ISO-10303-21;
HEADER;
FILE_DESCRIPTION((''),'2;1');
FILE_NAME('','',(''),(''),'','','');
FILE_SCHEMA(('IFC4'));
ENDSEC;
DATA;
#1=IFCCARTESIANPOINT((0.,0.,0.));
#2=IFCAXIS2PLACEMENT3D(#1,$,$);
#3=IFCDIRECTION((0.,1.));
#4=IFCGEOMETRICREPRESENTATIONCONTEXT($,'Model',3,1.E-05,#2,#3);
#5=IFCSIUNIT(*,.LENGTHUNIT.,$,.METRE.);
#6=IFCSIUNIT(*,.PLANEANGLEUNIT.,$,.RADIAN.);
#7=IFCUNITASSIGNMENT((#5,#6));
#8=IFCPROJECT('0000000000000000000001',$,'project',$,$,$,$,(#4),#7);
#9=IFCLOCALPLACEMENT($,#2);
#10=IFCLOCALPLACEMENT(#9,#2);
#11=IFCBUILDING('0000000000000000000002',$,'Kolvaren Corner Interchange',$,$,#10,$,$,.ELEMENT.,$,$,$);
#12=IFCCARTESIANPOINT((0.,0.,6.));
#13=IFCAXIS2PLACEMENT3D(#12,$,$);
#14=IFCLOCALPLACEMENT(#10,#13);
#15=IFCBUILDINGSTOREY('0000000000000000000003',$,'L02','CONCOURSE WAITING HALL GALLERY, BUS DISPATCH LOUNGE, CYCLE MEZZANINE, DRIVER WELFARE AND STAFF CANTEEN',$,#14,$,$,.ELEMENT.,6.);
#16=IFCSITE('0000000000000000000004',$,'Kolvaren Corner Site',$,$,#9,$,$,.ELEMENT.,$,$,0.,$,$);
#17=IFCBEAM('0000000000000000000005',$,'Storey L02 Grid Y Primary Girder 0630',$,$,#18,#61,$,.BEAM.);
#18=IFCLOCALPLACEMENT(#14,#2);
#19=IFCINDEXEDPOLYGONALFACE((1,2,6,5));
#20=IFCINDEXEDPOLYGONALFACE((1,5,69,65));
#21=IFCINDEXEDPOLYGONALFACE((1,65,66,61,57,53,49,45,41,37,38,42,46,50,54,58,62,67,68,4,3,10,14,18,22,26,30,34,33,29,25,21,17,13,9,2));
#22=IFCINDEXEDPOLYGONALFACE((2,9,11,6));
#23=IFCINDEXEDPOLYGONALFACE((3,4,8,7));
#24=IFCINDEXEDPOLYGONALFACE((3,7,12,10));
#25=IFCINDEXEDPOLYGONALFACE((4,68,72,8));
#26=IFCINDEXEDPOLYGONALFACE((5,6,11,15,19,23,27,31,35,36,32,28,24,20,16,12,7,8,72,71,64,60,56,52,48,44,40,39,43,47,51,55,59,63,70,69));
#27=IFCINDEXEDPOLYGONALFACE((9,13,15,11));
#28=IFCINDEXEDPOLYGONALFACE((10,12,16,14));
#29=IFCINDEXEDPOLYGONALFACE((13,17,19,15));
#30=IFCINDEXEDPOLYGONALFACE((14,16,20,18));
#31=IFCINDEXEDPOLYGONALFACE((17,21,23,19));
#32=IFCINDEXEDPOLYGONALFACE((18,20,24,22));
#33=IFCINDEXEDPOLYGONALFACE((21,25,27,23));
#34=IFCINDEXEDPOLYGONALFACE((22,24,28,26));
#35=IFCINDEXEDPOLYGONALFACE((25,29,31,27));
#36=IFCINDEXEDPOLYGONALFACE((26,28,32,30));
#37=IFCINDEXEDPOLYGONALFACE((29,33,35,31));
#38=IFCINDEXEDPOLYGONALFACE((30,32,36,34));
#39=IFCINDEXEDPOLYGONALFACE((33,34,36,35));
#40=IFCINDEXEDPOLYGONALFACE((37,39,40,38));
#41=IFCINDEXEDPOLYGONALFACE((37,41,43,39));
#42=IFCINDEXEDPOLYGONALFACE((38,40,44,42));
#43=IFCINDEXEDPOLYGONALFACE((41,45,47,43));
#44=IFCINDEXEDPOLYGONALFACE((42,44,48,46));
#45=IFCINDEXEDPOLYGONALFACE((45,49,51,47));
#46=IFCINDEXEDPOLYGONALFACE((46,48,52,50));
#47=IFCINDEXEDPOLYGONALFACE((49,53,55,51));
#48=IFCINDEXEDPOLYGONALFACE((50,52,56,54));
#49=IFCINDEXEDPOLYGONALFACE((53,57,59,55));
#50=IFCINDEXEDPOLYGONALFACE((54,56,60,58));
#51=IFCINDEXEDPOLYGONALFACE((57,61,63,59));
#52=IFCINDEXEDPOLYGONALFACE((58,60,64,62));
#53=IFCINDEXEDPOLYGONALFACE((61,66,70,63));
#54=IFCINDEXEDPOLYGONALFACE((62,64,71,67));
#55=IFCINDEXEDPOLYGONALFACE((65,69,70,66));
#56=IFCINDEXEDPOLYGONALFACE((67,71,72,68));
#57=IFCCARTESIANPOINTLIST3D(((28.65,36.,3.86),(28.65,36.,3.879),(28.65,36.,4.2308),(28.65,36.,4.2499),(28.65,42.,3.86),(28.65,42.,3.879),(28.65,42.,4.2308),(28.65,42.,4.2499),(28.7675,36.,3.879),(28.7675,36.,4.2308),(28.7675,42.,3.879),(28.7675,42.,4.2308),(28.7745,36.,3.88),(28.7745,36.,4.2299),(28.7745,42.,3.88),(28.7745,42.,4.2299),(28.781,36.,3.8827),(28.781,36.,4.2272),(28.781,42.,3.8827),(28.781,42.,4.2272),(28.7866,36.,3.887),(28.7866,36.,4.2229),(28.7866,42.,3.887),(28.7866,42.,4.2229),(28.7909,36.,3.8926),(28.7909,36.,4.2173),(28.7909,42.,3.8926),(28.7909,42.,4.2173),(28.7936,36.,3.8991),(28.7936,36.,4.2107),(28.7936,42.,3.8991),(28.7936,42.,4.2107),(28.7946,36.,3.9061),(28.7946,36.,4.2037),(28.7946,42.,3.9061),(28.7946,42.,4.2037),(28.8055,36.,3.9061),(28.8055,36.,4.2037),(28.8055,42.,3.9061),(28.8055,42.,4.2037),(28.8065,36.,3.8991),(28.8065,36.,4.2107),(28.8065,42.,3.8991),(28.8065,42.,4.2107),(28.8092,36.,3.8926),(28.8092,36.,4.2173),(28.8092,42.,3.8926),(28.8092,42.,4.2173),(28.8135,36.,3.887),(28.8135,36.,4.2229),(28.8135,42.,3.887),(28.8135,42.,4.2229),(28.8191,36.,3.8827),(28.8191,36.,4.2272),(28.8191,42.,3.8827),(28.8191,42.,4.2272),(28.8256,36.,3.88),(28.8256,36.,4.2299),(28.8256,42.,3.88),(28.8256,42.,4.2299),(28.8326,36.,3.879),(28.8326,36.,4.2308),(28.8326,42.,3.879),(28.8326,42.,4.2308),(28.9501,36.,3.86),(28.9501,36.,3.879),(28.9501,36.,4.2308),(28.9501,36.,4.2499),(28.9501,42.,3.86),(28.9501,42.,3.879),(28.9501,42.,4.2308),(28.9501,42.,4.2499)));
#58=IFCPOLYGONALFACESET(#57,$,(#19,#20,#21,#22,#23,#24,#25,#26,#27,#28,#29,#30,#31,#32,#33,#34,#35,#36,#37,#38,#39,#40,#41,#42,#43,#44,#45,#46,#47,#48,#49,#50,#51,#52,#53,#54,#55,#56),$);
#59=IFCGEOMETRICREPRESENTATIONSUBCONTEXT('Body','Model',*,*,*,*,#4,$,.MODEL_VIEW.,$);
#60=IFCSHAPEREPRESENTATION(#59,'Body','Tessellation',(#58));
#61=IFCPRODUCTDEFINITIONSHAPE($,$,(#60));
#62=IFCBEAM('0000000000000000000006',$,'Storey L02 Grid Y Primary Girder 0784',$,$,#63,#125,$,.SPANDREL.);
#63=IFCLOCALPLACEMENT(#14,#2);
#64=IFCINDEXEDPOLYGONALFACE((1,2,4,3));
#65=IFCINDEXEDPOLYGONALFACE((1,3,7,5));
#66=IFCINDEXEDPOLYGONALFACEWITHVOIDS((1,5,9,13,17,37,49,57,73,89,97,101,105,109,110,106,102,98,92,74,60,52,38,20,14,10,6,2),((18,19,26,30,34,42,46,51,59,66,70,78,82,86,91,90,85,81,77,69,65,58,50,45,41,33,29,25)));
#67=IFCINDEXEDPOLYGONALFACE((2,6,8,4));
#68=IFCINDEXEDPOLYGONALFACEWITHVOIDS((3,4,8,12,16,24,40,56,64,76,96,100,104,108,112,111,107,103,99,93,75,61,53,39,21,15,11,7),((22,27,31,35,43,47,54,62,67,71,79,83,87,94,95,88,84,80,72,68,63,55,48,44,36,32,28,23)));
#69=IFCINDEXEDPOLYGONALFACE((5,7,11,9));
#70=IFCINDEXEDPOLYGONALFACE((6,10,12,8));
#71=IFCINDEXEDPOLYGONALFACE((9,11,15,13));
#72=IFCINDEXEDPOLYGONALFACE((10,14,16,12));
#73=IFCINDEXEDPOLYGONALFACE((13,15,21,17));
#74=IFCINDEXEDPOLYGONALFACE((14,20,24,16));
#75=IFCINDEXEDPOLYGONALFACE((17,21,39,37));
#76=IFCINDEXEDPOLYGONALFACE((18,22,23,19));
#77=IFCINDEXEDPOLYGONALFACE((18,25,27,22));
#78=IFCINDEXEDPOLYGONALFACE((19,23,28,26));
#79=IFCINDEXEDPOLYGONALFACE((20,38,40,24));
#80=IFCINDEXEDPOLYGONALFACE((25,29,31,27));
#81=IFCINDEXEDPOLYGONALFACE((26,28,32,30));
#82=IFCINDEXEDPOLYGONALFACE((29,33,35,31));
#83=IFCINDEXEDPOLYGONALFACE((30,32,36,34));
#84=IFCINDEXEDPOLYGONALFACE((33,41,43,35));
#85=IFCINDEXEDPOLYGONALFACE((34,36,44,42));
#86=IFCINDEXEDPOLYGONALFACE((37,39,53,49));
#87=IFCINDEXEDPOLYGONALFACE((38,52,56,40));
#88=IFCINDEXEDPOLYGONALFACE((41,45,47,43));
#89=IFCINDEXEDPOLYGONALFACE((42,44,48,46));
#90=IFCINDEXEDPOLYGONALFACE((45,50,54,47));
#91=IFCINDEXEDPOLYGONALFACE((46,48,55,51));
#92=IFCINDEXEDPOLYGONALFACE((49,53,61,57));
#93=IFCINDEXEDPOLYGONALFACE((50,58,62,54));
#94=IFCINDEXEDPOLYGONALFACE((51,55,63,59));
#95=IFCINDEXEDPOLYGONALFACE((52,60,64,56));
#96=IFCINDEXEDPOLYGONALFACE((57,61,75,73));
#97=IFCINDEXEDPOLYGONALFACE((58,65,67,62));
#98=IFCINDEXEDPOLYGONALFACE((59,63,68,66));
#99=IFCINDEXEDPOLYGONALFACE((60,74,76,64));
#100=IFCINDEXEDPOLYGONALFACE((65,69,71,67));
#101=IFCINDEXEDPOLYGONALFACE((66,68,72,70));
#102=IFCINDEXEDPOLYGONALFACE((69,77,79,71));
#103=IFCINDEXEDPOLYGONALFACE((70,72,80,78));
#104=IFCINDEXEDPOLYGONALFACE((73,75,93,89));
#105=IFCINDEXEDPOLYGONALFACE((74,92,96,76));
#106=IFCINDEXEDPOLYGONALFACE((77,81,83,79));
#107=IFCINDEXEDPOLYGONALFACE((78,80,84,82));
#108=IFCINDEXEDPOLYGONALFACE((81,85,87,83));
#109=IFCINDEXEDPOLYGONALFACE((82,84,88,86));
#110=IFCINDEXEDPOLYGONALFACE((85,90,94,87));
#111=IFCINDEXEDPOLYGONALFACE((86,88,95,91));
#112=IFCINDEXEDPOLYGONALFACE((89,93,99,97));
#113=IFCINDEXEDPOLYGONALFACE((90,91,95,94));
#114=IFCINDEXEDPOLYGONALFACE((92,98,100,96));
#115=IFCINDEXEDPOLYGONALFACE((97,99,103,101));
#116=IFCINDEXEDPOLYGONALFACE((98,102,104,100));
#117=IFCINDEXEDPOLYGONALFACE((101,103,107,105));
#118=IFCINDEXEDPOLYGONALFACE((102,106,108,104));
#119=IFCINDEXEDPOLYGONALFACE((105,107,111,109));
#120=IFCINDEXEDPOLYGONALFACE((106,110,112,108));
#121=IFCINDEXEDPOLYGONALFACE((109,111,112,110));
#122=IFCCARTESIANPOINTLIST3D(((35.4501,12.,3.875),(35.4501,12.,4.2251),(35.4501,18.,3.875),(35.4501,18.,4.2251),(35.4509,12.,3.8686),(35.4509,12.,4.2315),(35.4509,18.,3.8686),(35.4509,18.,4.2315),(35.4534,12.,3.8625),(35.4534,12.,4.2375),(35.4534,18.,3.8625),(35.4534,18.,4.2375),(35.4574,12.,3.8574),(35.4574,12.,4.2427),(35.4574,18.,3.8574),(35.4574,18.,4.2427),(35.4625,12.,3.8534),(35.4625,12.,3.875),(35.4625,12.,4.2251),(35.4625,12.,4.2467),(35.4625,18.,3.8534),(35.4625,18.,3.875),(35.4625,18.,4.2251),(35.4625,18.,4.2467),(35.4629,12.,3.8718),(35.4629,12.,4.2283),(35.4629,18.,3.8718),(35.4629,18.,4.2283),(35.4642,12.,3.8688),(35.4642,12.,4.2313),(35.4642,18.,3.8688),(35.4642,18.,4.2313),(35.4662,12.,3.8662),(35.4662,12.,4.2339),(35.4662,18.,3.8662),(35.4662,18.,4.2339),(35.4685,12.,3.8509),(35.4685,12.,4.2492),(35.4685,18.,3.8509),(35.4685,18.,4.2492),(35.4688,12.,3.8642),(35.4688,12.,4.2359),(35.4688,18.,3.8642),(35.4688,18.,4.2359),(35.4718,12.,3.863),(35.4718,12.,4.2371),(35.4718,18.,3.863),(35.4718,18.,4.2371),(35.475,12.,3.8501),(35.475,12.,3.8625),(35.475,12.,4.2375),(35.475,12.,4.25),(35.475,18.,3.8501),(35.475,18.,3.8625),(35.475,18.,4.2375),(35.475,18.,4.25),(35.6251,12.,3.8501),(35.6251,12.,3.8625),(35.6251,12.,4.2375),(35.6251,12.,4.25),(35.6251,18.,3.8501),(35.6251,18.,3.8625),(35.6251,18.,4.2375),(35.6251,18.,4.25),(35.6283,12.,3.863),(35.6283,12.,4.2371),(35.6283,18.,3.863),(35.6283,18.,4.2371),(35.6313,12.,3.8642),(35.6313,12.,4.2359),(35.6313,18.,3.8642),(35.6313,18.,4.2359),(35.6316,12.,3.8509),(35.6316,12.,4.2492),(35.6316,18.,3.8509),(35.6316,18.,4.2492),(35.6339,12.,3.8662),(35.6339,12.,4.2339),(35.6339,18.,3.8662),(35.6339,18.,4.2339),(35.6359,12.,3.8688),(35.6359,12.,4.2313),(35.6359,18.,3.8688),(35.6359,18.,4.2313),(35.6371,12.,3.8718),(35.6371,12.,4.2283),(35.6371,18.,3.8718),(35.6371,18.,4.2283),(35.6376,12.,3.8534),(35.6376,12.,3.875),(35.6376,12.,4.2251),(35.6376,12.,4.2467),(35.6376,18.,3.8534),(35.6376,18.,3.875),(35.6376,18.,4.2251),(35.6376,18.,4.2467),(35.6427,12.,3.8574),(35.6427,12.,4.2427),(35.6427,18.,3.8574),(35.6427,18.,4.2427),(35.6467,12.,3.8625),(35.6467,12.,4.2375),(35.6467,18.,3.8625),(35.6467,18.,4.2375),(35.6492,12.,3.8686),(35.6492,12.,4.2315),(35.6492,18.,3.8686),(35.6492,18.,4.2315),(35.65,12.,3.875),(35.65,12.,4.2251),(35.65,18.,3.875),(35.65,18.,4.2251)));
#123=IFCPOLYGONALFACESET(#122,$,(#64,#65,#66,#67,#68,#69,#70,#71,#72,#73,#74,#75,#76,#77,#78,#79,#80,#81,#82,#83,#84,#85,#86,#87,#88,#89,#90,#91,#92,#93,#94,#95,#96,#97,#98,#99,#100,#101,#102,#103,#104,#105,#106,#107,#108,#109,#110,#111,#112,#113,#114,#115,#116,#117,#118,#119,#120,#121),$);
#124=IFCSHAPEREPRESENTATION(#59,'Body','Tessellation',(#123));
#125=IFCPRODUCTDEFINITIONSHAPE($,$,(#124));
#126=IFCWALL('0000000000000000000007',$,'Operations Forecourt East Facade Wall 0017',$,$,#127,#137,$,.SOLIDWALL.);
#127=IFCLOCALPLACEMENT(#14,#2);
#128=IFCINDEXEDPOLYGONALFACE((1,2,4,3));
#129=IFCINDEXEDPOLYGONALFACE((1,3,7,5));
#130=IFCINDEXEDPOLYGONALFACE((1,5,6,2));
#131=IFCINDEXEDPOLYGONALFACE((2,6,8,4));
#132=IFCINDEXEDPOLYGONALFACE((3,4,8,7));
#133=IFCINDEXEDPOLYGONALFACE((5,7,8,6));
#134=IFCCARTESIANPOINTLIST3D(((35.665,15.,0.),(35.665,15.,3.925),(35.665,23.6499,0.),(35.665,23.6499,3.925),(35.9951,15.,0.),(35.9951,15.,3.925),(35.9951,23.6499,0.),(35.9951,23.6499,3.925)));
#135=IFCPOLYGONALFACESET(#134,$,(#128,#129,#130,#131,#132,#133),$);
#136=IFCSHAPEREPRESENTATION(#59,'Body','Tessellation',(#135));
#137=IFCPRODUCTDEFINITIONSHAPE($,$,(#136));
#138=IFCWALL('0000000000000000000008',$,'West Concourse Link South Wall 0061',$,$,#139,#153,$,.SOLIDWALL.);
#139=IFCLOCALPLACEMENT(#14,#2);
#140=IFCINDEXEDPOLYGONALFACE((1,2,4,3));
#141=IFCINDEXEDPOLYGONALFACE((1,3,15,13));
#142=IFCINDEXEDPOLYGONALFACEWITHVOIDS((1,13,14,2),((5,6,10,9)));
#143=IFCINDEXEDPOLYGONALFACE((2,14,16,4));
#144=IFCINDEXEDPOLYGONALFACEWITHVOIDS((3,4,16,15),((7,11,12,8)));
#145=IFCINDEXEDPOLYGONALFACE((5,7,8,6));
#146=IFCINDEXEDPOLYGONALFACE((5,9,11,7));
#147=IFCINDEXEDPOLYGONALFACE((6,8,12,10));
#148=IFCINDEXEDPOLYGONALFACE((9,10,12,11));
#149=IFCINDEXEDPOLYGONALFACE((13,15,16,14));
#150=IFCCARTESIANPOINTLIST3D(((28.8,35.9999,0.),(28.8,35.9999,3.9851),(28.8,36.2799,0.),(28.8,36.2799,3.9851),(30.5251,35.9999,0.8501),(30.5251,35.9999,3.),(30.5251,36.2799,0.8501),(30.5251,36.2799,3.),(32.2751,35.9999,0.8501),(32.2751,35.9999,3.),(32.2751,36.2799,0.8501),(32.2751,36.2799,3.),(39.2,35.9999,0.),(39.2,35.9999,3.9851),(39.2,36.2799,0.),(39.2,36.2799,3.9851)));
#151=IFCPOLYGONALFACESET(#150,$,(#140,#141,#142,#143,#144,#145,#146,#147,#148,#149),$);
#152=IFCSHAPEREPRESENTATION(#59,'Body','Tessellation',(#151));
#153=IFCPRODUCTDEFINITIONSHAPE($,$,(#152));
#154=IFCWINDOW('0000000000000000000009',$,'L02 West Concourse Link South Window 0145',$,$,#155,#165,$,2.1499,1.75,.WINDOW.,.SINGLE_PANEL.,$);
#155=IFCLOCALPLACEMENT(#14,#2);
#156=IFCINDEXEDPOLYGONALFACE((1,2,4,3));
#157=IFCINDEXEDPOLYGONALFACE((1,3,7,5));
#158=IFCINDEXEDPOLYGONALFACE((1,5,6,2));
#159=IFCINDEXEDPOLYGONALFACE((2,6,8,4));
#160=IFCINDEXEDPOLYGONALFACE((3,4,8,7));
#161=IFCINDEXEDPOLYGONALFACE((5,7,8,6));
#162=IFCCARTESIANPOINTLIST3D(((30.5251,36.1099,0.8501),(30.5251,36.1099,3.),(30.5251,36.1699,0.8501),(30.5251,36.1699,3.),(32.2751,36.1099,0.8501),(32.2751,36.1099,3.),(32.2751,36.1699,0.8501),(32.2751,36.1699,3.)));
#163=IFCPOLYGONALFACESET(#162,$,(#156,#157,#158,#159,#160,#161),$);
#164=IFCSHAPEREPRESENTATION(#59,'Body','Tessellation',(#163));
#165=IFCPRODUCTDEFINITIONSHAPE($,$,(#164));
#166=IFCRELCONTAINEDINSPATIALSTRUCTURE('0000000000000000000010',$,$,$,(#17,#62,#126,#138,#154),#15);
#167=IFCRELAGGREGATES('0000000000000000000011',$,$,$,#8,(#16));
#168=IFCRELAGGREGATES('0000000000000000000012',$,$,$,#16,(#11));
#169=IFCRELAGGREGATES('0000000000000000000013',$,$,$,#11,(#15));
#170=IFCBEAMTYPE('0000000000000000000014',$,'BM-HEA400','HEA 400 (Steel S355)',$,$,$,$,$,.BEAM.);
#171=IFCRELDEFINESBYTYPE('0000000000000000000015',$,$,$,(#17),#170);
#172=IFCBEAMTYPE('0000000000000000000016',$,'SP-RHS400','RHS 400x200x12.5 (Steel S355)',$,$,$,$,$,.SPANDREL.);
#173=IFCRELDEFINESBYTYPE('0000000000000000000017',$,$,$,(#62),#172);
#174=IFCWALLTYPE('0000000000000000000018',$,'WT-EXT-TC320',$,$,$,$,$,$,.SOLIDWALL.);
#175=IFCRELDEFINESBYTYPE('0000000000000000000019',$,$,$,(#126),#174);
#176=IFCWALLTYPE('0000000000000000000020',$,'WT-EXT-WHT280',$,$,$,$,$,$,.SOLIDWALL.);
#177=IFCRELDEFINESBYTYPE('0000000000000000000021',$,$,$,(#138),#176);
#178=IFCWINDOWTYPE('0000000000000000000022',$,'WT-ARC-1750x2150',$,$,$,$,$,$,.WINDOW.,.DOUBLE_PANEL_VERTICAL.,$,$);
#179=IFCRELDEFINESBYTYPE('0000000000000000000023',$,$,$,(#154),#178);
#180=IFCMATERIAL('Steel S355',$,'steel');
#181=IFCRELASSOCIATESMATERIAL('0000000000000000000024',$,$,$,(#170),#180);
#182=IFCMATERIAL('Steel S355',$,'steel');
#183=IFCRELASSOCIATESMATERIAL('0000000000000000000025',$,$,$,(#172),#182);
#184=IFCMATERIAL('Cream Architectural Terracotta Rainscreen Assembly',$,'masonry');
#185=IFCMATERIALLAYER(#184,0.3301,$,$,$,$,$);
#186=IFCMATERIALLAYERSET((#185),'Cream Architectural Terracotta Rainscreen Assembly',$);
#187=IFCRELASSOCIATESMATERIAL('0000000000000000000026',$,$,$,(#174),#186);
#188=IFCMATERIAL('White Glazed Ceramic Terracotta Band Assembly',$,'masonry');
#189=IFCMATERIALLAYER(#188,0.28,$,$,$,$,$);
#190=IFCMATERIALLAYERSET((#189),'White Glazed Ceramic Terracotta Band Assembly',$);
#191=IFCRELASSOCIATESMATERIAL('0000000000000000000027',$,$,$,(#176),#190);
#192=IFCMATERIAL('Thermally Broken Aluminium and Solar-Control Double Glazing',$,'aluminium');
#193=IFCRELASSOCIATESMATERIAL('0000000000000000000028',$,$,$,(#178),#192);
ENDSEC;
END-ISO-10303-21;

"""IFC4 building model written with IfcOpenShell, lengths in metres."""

from ifc_helpers import new_model, si_unit, direction, frame, frame_2d, origin, origin_2d, place, context, subcontext, project, spatial, rectangle, hollow_rectangle, i_section, extrude, material, layer, layer_set, material_profile, profile_set, type_object, element, fill, save


model = new_model("IFC4")

# Units and contexts
model_context = context("Model", 3, precision=1e-05, world=origin(), true_north=direction((0.0, 1.0)))
body_context = subcontext(model_context, "Body", "Model", "MODEL_VIEW")
ifc_project = project(units=[si_unit("LENGTHUNIT", "METRE"), si_unit("PLANEANGLEUNIT", "RADIAN")], contexts=[model_context])

# Site, building, storey
site_placement = place(None, origin())
site = spatial("IfcSite", under=ifc_project, at=site_placement, Name="Kolvaren Corner Site", CompositionType="ELEMENT", RefElevation=0.0)
building_placement = place(site_placement, origin())
building = spatial("IfcBuilding", under=site, at=building_placement, Name="Kolvaren Corner Interchange", CompositionType="ELEMENT")
storey_placement = place(building_placement, frame((0.0, 0.0, 6.0)))
storey = spatial("IfcBuildingStorey", under=building, at=storey_placement, Name="L02", Description="CONCOURSE WAITING HALL GALLERY, BUS DISPATCH LOUNGE, CYCLE MEZZANINE, DRIVER WELFARE AND STAFF CANTEEN", CompositionType="ELEMENT", Elevation=6.0)

# Beams
ifc_material_1 = material(Name="Steel S355", Category="steel")
ifc_material_profile_1 = material_profile(ifc_material_1, i_section(OverallWidth=0.3, OverallDepth=0.3899, WebThickness=0.011, FlangeThickness=0.019, FilletRadius=0.0271, at=origin_2d()), Name="HEA 400")
ifc_profile_set_1 = profile_set([ifc_material_profile_1], Name="Steel S355")
beam_type_1 = type_object("IfcBeamType", Name="BM-HEA400", Description="HEA 400 (Steel S355)", PredefinedType="BEAM", material=ifc_profile_set_1)
for number, where, z_axis, x_axis, name in (
    (1, (28.8, 36.0, 4.0549), (0.0, 1.0, 0.0), (-1.0, 0.0, 0.0), "Storey L02 Grid Y Primary Girder 0630"),
):
    element("IfcBeam", number, at=place(storey_placement, frame(where, z_axis=z_axis, x_axis=x_axis)), inside=storey, type_object=beam_type_1, Name=name, PredefinedType="BEAM", context=body_context, shape_type="SweptSolid", body=[
        extrude(i_section(OverallWidth=0.3, OverallDepth=0.3899, WebThickness=0.011, FlangeThickness=0.019, FilletRadius=0.0271, at=origin_2d()), origin(), (0.0, 0.0, 1.0), 6.0),
    ])
ifc_material_2 = material(Name="Steel S355", Category="steel")
ifc_material_profile_2 = material_profile(ifc_material_2, hollow_rectangle(XDim=0.2, YDim=0.3999, WallThickness=0.0125, InnerFilletRadius=0.0125, OuterFilletRadius=0.0249, at=origin_2d()), Name="RHS 400x200x12.5")
ifc_profile_set_2 = profile_set([ifc_material_profile_2], Name="Steel S355")
beam_type_2 = type_object("IfcBeamType", Name="SP-RHS400", Description="RHS 400x200x12.5 (Steel S355)", PredefinedType="SPANDREL", material=ifc_profile_set_2)
beam_1_placement = place(storey_placement, frame((35.55, 12.0, 4.05), z_axis=(0.0, 1.0, 0.0), x_axis=(-1.0, 0.0, 0.0)))
element("IfcBeam", 2, at=beam_1_placement, inside=storey, type_object=beam_type_2, Name="Storey L02 Grid Y Primary Girder 0784", PredefinedType="SPANDREL", context=body_context, shape_type="SweptSolid", body=[
    extrude(hollow_rectangle(XDim=0.2, YDim=0.3999, WallThickness=0.0125, InnerFilletRadius=0.0125, OuterFilletRadius=0.0249, at=origin_2d()), origin(), (0.0, 0.0, 1.0), 6.0),
])

# Wall
ifc_material_3 = material(Name="Cream Architectural Terracotta Rainscreen Assembly", Category="masonry")
ifc_layer_1 = layer(ifc_material_3, 0.3301)
ifc_layer_set_1 = layer_set([ifc_layer_1], Name="Cream Architectural Terracotta Rainscreen Assembly")
wall_type_1 = type_object("IfcWallType", Name="WT-EXT-TC320", PredefinedType="SOLIDWALL", material=ifc_layer_set_1)
wall_1_placement = place(storey_placement, frame((35.8301, 15.0, 0.0), z_axis=(0.0, 0.0, 1.0), x_axis=(0.0, 1.0, 0.0)))
element("IfcWall", 3, at=wall_1_placement, inside=storey, type_object=wall_type_1, Name="Operations Forecourt East Facade Wall 0017", PredefinedType="SOLIDWALL", context=body_context, shape_type="SweptSolid", body=[
    extrude(rectangle(XDim=8.6499, YDim=0.3301, at=frame_2d((4.325, 0.0))), origin(), (0.0, 0.0, 1.0), 3.925),
])

# Wall, opening, window
ifc_material_4 = material(Name="White Glazed Ceramic Terracotta Band Assembly", Category="masonry")
ifc_layer_2 = layer(ifc_material_4, 0.28)
ifc_layer_set_2 = layer_set([ifc_layer_2], Name="White Glazed Ceramic Terracotta Band Assembly")
wall_type_2 = type_object("IfcWallType", Name="WT-EXT-WHT280", PredefinedType="SOLIDWALL", material=ifc_layer_set_2)
wall_2_placement = place(storey_placement, frame((28.8, 36.1399, 0.0), z_axis=(0.0, 0.0, 1.0), x_axis=(1.0, 0.0, 0.0)))
wall_2 = element("IfcWall", 4, at=wall_2_placement, inside=storey, type_object=wall_type_2, Name="West Concourse Link South Wall 0061", PredefinedType="SOLIDWALL", context=body_context, shape_type="SweptSolid", body=[
    extrude(rectangle(XDim=10.3999, YDim=0.28, at=frame_2d((5.2, 0.0))), origin(), (0.0, 0.0, 1.0), 3.9851),
])
opening_1_placement = place(wall_2_placement, frame((1.7251, 0.0, 0.8501)))
opening_1 = element("IfcOpeningElement", 5, at=opening_1_placement, cuts=wall_2, PredefinedType="OPENING", context=body_context, shape_type="SweptSolid", body=[
    extrude(rectangle(XDim=1.75, YDim=2.1499, at=frame_2d((0.875, 1.075))), frame((0.0, 0.1499, 0.0), z_axis=(0.0, -1.0, 0.0), x_axis=(1.0, 0.0, 0.0)), (0.0, 0.0, 1.0), 0.3),
])
ifc_material_5 = material(Name="Thermally Broken Aluminium and Solar-Control Double Glazing", Category="aluminium")
window_type = type_object("IfcWindowType", Name="WT-ARC-1750x2150", PartitioningType="DOUBLE_PANEL_VERTICAL", PredefinedType="WINDOW", material=ifc_material_5)
window_placement = place(opening_1_placement, origin())
window = element("IfcWindow", 6, at=window_placement, inside=storey, type_object=window_type, Name="L02 West Concourse Link South Window 0145", OverallHeight=2.1499, OverallWidth=1.75, PartitioningType="SINGLE_PANEL", PredefinedType="WINDOW", context=body_context, shape_type="SweptSolid", body=[
    extrude(rectangle(XDim=1.75, YDim=2.1499, at=frame_2d((0.875, 1.075))), frame((0.0, 0.03, 0.0), z_axis=(0.0, -1.0, 0.0), x_axis=(1.0, 0.0, 0.0)), (0.0, 0.0, 1.0), 0.0601),
])
fill(opening_1, window)

save(model, "model.ifc")
